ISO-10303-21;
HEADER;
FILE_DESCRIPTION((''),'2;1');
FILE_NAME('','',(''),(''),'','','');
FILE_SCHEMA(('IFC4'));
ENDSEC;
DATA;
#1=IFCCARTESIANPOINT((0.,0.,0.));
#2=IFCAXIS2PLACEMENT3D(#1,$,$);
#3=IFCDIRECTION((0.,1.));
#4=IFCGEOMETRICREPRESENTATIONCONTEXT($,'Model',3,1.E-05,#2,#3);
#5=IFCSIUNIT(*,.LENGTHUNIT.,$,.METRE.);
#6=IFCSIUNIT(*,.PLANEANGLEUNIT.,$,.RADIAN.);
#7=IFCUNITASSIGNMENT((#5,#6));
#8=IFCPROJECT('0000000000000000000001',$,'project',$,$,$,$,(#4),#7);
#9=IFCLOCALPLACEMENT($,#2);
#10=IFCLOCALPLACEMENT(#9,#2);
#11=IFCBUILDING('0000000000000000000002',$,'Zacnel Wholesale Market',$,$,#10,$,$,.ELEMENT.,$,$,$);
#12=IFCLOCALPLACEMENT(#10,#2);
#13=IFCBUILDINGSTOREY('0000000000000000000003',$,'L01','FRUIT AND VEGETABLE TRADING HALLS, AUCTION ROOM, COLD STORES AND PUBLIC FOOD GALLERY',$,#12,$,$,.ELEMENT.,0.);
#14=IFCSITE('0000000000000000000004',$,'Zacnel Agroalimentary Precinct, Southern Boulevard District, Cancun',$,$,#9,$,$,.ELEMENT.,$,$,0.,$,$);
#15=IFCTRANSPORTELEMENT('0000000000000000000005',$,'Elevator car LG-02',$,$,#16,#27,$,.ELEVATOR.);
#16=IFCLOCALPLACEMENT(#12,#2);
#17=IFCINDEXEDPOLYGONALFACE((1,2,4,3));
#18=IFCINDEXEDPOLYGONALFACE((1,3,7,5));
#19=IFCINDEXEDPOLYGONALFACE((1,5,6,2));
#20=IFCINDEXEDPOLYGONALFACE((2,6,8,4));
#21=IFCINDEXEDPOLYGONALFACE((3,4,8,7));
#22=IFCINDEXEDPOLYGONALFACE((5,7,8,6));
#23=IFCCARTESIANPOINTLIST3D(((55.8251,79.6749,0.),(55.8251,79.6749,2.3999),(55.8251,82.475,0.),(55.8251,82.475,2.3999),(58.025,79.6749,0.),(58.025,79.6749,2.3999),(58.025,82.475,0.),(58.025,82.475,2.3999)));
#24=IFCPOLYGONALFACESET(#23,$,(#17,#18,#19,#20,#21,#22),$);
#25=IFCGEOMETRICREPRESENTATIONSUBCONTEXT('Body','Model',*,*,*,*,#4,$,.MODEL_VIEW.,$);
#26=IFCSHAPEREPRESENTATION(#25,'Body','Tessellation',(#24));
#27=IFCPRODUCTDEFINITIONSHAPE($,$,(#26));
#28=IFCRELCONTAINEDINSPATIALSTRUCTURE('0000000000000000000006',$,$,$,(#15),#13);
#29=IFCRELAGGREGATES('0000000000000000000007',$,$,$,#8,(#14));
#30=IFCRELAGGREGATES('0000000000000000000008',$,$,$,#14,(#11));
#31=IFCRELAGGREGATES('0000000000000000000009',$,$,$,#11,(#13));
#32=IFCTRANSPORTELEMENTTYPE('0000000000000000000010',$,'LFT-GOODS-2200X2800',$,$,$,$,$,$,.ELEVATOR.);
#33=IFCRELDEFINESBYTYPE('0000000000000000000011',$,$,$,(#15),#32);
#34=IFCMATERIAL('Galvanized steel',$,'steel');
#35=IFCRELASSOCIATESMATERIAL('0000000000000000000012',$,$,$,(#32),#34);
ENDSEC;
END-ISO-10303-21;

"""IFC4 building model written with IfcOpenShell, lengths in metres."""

from ifc_helpers import new_model, si_unit, direction, frame, origin, origin_2d, place, context, subcontext, project, spatial, rectangle, extrude, material, type_object, element, save


model = new_model("IFC4")

# Units and contexts
model_context = context("Model", 3, precision=1e-05, world=origin(), true_north=direction((0.0, 1.0)))
body_context = subcontext(model_context, "Body", "Model", "MODEL_VIEW")
ifc_project = project(units=[si_unit("LENGTHUNIT", "METRE"), si_unit("PLANEANGLEUNIT", "RADIAN")], contexts=[model_context])

# Site, building, storey
site_placement = place(None, origin())
site = spatial("IfcSite", under=ifc_project, at=site_placement, Name="Zacnel Agroalimentary Precinct, Southern Boulevard District, Cancun", CompositionType="ELEMENT", RefElevation=0.0)
building_placement = place(site_placement, origin())
building = spatial("IfcBuilding", under=site, at=building_placement, Name="Zacnel Wholesale Market", CompositionType="ELEMENT")
storey_placement = place(building_placement, origin())
storey = spatial("IfcBuildingStorey", under=building, at=storey_placement, Name="L01", Description="FRUIT AND VEGETABLE TRADING HALLS, AUCTION ROOM, COLD STORES AND PUBLIC FOOD GALLERY", CompositionType="ELEMENT", Elevation=0.0)

# Transport element
ifc_material_1 = material(Name="Galvanized steel", Category="steel")
transport_element_type = type_object("IfcTransportElementType", Name="LFT-GOODS-2200X2800", PredefinedType="ELEVATOR", material=ifc_material_1)
transport_element_placement = place(storey_placement, frame((56.925, 81.075, 0.0), z_axis=(0.0, 0.0, 1.0), x_axis=(1.0, 0.0, 0.0)))
element("IfcTransportElement", 1, at=transport_element_placement, inside=storey, type_object=transport_element_type, Name="Elevator car LG-02", PredefinedType="ELEVATOR", context=body_context, shape_type="SweptSolid", body=[
    extrude(rectangle(XDim=2.2, YDim=2.8, at=origin_2d()), origin(), (0.0, 0.0, 1.0), 2.3999),
])

save(model, "model.ifc")
